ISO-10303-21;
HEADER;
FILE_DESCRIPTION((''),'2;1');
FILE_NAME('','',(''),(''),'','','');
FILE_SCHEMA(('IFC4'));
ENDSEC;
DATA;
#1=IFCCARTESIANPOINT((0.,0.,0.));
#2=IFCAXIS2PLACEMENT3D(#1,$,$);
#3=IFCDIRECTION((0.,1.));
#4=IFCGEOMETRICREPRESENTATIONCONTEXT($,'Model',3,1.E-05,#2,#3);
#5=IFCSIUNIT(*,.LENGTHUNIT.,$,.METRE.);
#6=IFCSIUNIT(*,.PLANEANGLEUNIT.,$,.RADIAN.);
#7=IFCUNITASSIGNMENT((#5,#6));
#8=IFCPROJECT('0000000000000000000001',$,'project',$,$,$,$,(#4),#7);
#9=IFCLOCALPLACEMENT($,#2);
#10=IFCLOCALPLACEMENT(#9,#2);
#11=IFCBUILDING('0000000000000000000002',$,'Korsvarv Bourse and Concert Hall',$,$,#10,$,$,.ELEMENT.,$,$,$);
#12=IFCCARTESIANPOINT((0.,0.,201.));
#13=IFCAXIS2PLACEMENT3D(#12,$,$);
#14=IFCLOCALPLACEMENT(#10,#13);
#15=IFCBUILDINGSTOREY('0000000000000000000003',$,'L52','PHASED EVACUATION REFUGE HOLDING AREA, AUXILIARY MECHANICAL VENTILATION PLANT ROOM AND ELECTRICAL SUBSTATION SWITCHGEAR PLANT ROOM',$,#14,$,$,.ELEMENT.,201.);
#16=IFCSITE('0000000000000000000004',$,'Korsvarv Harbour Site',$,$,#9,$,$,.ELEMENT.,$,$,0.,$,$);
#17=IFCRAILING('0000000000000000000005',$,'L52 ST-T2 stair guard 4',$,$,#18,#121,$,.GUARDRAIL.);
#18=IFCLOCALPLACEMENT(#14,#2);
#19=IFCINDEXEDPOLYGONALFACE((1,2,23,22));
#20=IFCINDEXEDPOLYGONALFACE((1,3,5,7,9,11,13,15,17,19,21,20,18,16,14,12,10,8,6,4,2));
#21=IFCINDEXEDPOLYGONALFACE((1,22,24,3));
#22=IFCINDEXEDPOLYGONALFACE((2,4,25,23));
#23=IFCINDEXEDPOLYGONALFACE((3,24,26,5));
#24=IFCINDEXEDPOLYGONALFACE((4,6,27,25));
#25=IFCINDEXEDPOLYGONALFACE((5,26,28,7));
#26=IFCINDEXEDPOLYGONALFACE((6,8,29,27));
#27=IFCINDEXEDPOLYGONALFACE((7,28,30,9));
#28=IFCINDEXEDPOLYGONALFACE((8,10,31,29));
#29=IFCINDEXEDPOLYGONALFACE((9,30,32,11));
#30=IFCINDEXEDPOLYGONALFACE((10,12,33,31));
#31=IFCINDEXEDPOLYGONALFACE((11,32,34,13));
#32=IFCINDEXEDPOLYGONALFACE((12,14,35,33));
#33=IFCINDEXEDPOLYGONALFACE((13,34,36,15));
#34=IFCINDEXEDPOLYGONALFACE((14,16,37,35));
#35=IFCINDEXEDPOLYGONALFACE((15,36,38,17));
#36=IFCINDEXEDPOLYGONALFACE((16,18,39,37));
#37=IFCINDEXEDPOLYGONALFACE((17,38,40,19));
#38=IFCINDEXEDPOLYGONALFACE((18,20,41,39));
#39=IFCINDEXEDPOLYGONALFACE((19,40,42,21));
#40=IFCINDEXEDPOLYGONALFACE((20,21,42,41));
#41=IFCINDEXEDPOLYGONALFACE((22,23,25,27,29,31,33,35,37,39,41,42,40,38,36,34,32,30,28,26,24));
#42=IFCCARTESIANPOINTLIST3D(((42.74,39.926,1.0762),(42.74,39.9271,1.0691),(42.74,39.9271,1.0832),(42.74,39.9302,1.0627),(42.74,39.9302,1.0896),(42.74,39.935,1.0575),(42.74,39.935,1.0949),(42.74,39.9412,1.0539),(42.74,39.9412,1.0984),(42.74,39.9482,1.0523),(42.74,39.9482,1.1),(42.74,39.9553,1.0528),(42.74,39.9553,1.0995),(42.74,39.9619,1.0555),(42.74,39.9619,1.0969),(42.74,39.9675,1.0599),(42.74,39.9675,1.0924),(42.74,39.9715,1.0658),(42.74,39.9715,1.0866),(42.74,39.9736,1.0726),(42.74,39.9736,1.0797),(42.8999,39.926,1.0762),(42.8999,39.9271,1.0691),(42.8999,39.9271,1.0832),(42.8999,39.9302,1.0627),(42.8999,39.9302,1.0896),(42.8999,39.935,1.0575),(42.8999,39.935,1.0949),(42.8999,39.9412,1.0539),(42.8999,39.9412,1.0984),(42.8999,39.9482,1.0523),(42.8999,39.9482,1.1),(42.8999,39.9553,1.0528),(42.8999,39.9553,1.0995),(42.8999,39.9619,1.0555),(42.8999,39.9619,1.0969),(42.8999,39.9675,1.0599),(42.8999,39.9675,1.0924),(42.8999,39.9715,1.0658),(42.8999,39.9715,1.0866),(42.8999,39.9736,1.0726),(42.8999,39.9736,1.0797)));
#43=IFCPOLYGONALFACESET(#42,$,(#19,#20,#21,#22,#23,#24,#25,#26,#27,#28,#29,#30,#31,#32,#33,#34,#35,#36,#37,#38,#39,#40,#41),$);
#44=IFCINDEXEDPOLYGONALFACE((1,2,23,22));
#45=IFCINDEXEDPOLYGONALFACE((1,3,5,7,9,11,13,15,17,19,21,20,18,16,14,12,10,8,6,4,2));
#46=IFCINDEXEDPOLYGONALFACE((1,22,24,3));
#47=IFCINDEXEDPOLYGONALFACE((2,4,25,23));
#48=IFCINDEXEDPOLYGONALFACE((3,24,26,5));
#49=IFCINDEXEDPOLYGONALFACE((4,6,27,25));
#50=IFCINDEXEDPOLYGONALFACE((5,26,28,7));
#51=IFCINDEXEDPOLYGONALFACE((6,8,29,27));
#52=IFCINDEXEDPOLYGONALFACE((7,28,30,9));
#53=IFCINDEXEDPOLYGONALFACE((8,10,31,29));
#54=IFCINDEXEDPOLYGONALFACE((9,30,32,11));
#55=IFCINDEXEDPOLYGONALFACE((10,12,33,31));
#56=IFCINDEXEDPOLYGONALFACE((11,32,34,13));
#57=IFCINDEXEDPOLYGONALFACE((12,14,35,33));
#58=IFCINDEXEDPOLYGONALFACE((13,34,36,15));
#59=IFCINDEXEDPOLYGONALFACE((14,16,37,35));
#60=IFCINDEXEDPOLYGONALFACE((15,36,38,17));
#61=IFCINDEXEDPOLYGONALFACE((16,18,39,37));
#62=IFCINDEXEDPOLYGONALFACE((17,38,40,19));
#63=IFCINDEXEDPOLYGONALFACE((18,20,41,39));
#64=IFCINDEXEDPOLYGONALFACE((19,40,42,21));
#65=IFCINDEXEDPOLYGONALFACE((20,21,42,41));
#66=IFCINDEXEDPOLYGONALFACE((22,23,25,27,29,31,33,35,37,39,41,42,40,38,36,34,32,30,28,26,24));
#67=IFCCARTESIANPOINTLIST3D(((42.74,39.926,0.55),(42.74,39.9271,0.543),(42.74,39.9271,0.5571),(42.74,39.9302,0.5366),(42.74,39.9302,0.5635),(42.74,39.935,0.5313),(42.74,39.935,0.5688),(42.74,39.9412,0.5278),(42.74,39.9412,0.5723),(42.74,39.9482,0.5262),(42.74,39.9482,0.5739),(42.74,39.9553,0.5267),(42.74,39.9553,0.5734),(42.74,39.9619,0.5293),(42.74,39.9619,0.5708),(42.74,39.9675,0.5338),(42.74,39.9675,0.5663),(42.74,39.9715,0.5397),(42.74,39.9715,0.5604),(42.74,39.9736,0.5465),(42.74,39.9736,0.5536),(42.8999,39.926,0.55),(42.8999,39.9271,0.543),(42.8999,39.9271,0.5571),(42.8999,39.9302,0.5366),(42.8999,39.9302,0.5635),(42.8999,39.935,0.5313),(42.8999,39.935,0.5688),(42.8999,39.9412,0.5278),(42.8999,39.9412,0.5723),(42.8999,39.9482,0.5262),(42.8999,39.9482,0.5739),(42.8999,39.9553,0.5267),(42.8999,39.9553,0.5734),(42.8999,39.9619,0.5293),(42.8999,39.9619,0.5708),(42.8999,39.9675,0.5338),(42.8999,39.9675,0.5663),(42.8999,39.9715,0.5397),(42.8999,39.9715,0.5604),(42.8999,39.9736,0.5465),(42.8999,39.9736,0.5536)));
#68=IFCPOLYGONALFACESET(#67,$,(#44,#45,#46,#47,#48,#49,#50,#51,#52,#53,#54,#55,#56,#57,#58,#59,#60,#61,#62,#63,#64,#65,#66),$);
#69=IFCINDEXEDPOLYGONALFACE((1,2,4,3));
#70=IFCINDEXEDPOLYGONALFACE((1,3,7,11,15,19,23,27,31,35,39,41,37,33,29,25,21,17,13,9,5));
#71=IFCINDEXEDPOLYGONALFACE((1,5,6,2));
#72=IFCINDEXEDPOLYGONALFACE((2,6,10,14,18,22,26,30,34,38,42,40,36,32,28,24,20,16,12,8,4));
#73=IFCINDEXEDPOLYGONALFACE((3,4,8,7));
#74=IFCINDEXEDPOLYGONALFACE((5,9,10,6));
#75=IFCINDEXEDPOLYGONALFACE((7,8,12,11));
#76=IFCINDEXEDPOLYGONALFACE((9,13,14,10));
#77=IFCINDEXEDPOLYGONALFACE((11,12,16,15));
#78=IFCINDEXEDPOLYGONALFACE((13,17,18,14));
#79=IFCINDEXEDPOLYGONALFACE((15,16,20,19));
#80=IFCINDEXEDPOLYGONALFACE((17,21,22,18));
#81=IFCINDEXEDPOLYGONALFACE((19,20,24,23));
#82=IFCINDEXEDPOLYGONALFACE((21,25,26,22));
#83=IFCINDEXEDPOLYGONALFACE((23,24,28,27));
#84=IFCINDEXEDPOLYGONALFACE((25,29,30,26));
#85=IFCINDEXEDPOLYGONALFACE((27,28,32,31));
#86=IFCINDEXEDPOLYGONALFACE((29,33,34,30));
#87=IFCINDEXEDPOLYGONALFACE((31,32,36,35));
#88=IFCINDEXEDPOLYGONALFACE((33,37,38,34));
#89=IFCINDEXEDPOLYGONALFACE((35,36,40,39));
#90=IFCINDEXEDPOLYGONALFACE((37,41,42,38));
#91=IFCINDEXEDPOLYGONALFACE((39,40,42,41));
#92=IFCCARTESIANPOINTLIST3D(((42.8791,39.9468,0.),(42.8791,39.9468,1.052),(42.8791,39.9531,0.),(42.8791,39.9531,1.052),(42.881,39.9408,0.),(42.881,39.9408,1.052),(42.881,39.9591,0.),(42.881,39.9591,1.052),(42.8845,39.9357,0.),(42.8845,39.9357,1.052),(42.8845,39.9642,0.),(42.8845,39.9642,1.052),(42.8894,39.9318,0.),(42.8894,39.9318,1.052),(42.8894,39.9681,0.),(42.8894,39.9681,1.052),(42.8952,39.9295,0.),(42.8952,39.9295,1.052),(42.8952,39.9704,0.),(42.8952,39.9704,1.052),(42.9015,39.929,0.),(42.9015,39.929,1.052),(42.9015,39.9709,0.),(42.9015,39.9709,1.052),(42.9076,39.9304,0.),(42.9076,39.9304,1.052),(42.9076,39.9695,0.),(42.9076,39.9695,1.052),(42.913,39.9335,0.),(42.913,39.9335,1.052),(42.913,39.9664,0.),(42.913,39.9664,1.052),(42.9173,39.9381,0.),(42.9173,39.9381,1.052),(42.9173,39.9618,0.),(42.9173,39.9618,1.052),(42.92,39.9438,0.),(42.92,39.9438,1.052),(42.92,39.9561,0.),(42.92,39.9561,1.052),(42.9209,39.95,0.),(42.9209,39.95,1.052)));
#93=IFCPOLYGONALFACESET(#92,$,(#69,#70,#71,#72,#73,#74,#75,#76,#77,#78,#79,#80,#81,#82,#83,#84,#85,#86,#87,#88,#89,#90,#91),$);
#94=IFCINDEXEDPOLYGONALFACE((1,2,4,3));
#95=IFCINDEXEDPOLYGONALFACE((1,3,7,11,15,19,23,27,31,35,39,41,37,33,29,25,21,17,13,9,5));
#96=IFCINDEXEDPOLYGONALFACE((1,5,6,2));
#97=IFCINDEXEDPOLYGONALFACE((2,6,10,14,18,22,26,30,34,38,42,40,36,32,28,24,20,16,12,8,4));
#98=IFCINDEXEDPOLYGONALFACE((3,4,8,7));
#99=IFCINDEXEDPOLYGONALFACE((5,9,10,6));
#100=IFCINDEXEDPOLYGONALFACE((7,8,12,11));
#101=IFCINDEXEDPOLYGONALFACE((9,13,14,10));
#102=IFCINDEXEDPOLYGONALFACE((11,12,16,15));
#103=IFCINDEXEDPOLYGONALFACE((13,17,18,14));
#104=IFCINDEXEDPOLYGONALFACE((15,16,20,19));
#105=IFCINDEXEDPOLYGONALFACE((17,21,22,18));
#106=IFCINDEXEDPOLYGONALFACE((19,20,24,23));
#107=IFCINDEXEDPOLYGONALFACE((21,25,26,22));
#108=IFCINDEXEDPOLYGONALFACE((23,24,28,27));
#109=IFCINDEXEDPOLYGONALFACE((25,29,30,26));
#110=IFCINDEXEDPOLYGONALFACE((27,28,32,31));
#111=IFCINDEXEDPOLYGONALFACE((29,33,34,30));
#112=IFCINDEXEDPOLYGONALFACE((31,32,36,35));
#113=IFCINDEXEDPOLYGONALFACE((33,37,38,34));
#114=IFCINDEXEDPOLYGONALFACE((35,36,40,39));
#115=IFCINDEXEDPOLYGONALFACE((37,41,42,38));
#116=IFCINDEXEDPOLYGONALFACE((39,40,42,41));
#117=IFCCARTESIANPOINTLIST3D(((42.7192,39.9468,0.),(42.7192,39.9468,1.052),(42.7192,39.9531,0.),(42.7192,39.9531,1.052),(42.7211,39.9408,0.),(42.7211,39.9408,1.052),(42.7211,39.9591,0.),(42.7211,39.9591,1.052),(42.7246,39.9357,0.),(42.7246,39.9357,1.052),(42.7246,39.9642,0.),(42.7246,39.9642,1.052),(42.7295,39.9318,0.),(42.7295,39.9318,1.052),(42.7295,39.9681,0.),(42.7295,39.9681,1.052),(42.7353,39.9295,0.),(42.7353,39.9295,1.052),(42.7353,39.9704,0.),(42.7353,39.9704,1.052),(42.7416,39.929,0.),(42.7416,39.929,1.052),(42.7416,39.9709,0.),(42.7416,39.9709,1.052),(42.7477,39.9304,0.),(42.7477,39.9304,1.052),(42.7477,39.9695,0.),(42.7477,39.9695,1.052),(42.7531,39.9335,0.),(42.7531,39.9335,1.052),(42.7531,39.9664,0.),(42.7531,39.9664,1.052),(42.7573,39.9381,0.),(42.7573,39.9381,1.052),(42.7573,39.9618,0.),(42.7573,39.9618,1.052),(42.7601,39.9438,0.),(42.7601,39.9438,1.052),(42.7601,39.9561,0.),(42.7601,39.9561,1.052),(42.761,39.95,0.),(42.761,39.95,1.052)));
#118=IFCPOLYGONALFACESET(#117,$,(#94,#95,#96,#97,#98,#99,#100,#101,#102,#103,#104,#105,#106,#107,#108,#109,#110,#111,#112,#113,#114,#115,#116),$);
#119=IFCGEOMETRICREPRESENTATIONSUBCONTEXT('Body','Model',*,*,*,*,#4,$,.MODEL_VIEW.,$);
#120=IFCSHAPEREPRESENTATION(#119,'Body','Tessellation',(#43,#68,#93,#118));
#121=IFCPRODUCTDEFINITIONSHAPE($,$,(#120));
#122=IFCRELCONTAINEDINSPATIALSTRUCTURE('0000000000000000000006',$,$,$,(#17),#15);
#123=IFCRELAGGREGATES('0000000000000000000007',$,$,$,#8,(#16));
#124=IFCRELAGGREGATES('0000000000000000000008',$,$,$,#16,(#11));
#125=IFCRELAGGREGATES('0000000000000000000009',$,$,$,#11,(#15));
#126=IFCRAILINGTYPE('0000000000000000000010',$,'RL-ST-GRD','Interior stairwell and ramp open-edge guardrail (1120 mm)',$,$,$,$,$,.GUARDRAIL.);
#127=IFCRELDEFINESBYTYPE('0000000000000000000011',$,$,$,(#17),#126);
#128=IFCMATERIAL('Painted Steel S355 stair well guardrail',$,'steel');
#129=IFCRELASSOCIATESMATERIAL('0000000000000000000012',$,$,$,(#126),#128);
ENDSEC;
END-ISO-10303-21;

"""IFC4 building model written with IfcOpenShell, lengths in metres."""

from ifc_helpers import new_model, si_unit, direction, frame, origin, origin_2d, place, context, subcontext, project, spatial, circle, extrude, material, type_object, element, save


model = new_model("IFC4")

# Units and contexts
model_context = context("Model", 3, precision=1e-05, world=origin(), true_north=direction((0.0, 1.0)))
body_context = subcontext(model_context, "Body", "Model", "MODEL_VIEW")
ifc_project = project(units=[si_unit("LENGTHUNIT", "METRE"), si_unit("PLANEANGLEUNIT", "RADIAN")], contexts=[model_context])

# Site, building, storey
site_placement = place(None, origin())
site = spatial("IfcSite", under=ifc_project, at=site_placement, Name="Korsvarv Harbour Site", CompositionType="ELEMENT", RefElevation=0.0)
building_placement = place(site_placement, origin())
building = spatial("IfcBuilding", under=site, at=building_placement, Name="Korsvarv Bourse and Concert Hall", CompositionType="ELEMENT")
storey_placement = place(building_placement, frame((0.0, 0.0, 201.0)))
storey = spatial("IfcBuildingStorey", under=building, at=storey_placement, Name="L52", Description="PHASED EVACUATION REFUGE HOLDING AREA, AUXILIARY MECHANICAL VENTILATION PLANT ROOM AND ELECTRICAL SUBSTATION SWITCHGEAR PLANT ROOM", CompositionType="ELEMENT", Elevation=201.0)

# Railing
ifc_material_1 = material(Name="Painted Steel S355 stair well guardrail", Category="steel")
railing_type_1 = type_object("IfcRailingType", Name="RL-ST-GRD", Description="Interior stairwell and ramp open-edge guardrail (1120 mm)", PredefinedType="GUARDRAIL", material=ifc_material_1)
railing_1_placement = place(storey_placement, frame((42.8999, 39.95, 0.0)))
element("IfcRailing", 1, at=railing_1_placement, inside=storey, type_object=railing_type_1, Name="L52 ST-T2 stair guard 4", PredefinedType="GUARDRAIL", context=body_context, shape_type="SweptSolid", body=[
    extrude(circle(Radius=0.0239, at=origin_2d()), frame((0.0, 0.0, 1.0762), z_axis=(-1.0, 0.0, 0.0), x_axis=(0.0, -1.0, 0.0)), (0.0, 0.0, 1.0), 0.1599),
    extrude(circle(Radius=0.0239, at=origin_2d()), frame((0.0, 0.0, 0.55), z_axis=(-1.0, 0.0, 0.0), x_axis=(0.0, -1.0, 0.0)), (0.0, 0.0, 1.0), 0.1599),
    extrude(circle(Radius=0.021, at=origin_2d()), origin(), (0.0, 0.0, 1.0), 1.052),
    extrude(circle(Radius=0.021, at=origin_2d()), frame((-0.1599, 0.0, 0.0)), (0.0, 0.0, 1.0), 1.052),
])

save(model, "model.ifc")
